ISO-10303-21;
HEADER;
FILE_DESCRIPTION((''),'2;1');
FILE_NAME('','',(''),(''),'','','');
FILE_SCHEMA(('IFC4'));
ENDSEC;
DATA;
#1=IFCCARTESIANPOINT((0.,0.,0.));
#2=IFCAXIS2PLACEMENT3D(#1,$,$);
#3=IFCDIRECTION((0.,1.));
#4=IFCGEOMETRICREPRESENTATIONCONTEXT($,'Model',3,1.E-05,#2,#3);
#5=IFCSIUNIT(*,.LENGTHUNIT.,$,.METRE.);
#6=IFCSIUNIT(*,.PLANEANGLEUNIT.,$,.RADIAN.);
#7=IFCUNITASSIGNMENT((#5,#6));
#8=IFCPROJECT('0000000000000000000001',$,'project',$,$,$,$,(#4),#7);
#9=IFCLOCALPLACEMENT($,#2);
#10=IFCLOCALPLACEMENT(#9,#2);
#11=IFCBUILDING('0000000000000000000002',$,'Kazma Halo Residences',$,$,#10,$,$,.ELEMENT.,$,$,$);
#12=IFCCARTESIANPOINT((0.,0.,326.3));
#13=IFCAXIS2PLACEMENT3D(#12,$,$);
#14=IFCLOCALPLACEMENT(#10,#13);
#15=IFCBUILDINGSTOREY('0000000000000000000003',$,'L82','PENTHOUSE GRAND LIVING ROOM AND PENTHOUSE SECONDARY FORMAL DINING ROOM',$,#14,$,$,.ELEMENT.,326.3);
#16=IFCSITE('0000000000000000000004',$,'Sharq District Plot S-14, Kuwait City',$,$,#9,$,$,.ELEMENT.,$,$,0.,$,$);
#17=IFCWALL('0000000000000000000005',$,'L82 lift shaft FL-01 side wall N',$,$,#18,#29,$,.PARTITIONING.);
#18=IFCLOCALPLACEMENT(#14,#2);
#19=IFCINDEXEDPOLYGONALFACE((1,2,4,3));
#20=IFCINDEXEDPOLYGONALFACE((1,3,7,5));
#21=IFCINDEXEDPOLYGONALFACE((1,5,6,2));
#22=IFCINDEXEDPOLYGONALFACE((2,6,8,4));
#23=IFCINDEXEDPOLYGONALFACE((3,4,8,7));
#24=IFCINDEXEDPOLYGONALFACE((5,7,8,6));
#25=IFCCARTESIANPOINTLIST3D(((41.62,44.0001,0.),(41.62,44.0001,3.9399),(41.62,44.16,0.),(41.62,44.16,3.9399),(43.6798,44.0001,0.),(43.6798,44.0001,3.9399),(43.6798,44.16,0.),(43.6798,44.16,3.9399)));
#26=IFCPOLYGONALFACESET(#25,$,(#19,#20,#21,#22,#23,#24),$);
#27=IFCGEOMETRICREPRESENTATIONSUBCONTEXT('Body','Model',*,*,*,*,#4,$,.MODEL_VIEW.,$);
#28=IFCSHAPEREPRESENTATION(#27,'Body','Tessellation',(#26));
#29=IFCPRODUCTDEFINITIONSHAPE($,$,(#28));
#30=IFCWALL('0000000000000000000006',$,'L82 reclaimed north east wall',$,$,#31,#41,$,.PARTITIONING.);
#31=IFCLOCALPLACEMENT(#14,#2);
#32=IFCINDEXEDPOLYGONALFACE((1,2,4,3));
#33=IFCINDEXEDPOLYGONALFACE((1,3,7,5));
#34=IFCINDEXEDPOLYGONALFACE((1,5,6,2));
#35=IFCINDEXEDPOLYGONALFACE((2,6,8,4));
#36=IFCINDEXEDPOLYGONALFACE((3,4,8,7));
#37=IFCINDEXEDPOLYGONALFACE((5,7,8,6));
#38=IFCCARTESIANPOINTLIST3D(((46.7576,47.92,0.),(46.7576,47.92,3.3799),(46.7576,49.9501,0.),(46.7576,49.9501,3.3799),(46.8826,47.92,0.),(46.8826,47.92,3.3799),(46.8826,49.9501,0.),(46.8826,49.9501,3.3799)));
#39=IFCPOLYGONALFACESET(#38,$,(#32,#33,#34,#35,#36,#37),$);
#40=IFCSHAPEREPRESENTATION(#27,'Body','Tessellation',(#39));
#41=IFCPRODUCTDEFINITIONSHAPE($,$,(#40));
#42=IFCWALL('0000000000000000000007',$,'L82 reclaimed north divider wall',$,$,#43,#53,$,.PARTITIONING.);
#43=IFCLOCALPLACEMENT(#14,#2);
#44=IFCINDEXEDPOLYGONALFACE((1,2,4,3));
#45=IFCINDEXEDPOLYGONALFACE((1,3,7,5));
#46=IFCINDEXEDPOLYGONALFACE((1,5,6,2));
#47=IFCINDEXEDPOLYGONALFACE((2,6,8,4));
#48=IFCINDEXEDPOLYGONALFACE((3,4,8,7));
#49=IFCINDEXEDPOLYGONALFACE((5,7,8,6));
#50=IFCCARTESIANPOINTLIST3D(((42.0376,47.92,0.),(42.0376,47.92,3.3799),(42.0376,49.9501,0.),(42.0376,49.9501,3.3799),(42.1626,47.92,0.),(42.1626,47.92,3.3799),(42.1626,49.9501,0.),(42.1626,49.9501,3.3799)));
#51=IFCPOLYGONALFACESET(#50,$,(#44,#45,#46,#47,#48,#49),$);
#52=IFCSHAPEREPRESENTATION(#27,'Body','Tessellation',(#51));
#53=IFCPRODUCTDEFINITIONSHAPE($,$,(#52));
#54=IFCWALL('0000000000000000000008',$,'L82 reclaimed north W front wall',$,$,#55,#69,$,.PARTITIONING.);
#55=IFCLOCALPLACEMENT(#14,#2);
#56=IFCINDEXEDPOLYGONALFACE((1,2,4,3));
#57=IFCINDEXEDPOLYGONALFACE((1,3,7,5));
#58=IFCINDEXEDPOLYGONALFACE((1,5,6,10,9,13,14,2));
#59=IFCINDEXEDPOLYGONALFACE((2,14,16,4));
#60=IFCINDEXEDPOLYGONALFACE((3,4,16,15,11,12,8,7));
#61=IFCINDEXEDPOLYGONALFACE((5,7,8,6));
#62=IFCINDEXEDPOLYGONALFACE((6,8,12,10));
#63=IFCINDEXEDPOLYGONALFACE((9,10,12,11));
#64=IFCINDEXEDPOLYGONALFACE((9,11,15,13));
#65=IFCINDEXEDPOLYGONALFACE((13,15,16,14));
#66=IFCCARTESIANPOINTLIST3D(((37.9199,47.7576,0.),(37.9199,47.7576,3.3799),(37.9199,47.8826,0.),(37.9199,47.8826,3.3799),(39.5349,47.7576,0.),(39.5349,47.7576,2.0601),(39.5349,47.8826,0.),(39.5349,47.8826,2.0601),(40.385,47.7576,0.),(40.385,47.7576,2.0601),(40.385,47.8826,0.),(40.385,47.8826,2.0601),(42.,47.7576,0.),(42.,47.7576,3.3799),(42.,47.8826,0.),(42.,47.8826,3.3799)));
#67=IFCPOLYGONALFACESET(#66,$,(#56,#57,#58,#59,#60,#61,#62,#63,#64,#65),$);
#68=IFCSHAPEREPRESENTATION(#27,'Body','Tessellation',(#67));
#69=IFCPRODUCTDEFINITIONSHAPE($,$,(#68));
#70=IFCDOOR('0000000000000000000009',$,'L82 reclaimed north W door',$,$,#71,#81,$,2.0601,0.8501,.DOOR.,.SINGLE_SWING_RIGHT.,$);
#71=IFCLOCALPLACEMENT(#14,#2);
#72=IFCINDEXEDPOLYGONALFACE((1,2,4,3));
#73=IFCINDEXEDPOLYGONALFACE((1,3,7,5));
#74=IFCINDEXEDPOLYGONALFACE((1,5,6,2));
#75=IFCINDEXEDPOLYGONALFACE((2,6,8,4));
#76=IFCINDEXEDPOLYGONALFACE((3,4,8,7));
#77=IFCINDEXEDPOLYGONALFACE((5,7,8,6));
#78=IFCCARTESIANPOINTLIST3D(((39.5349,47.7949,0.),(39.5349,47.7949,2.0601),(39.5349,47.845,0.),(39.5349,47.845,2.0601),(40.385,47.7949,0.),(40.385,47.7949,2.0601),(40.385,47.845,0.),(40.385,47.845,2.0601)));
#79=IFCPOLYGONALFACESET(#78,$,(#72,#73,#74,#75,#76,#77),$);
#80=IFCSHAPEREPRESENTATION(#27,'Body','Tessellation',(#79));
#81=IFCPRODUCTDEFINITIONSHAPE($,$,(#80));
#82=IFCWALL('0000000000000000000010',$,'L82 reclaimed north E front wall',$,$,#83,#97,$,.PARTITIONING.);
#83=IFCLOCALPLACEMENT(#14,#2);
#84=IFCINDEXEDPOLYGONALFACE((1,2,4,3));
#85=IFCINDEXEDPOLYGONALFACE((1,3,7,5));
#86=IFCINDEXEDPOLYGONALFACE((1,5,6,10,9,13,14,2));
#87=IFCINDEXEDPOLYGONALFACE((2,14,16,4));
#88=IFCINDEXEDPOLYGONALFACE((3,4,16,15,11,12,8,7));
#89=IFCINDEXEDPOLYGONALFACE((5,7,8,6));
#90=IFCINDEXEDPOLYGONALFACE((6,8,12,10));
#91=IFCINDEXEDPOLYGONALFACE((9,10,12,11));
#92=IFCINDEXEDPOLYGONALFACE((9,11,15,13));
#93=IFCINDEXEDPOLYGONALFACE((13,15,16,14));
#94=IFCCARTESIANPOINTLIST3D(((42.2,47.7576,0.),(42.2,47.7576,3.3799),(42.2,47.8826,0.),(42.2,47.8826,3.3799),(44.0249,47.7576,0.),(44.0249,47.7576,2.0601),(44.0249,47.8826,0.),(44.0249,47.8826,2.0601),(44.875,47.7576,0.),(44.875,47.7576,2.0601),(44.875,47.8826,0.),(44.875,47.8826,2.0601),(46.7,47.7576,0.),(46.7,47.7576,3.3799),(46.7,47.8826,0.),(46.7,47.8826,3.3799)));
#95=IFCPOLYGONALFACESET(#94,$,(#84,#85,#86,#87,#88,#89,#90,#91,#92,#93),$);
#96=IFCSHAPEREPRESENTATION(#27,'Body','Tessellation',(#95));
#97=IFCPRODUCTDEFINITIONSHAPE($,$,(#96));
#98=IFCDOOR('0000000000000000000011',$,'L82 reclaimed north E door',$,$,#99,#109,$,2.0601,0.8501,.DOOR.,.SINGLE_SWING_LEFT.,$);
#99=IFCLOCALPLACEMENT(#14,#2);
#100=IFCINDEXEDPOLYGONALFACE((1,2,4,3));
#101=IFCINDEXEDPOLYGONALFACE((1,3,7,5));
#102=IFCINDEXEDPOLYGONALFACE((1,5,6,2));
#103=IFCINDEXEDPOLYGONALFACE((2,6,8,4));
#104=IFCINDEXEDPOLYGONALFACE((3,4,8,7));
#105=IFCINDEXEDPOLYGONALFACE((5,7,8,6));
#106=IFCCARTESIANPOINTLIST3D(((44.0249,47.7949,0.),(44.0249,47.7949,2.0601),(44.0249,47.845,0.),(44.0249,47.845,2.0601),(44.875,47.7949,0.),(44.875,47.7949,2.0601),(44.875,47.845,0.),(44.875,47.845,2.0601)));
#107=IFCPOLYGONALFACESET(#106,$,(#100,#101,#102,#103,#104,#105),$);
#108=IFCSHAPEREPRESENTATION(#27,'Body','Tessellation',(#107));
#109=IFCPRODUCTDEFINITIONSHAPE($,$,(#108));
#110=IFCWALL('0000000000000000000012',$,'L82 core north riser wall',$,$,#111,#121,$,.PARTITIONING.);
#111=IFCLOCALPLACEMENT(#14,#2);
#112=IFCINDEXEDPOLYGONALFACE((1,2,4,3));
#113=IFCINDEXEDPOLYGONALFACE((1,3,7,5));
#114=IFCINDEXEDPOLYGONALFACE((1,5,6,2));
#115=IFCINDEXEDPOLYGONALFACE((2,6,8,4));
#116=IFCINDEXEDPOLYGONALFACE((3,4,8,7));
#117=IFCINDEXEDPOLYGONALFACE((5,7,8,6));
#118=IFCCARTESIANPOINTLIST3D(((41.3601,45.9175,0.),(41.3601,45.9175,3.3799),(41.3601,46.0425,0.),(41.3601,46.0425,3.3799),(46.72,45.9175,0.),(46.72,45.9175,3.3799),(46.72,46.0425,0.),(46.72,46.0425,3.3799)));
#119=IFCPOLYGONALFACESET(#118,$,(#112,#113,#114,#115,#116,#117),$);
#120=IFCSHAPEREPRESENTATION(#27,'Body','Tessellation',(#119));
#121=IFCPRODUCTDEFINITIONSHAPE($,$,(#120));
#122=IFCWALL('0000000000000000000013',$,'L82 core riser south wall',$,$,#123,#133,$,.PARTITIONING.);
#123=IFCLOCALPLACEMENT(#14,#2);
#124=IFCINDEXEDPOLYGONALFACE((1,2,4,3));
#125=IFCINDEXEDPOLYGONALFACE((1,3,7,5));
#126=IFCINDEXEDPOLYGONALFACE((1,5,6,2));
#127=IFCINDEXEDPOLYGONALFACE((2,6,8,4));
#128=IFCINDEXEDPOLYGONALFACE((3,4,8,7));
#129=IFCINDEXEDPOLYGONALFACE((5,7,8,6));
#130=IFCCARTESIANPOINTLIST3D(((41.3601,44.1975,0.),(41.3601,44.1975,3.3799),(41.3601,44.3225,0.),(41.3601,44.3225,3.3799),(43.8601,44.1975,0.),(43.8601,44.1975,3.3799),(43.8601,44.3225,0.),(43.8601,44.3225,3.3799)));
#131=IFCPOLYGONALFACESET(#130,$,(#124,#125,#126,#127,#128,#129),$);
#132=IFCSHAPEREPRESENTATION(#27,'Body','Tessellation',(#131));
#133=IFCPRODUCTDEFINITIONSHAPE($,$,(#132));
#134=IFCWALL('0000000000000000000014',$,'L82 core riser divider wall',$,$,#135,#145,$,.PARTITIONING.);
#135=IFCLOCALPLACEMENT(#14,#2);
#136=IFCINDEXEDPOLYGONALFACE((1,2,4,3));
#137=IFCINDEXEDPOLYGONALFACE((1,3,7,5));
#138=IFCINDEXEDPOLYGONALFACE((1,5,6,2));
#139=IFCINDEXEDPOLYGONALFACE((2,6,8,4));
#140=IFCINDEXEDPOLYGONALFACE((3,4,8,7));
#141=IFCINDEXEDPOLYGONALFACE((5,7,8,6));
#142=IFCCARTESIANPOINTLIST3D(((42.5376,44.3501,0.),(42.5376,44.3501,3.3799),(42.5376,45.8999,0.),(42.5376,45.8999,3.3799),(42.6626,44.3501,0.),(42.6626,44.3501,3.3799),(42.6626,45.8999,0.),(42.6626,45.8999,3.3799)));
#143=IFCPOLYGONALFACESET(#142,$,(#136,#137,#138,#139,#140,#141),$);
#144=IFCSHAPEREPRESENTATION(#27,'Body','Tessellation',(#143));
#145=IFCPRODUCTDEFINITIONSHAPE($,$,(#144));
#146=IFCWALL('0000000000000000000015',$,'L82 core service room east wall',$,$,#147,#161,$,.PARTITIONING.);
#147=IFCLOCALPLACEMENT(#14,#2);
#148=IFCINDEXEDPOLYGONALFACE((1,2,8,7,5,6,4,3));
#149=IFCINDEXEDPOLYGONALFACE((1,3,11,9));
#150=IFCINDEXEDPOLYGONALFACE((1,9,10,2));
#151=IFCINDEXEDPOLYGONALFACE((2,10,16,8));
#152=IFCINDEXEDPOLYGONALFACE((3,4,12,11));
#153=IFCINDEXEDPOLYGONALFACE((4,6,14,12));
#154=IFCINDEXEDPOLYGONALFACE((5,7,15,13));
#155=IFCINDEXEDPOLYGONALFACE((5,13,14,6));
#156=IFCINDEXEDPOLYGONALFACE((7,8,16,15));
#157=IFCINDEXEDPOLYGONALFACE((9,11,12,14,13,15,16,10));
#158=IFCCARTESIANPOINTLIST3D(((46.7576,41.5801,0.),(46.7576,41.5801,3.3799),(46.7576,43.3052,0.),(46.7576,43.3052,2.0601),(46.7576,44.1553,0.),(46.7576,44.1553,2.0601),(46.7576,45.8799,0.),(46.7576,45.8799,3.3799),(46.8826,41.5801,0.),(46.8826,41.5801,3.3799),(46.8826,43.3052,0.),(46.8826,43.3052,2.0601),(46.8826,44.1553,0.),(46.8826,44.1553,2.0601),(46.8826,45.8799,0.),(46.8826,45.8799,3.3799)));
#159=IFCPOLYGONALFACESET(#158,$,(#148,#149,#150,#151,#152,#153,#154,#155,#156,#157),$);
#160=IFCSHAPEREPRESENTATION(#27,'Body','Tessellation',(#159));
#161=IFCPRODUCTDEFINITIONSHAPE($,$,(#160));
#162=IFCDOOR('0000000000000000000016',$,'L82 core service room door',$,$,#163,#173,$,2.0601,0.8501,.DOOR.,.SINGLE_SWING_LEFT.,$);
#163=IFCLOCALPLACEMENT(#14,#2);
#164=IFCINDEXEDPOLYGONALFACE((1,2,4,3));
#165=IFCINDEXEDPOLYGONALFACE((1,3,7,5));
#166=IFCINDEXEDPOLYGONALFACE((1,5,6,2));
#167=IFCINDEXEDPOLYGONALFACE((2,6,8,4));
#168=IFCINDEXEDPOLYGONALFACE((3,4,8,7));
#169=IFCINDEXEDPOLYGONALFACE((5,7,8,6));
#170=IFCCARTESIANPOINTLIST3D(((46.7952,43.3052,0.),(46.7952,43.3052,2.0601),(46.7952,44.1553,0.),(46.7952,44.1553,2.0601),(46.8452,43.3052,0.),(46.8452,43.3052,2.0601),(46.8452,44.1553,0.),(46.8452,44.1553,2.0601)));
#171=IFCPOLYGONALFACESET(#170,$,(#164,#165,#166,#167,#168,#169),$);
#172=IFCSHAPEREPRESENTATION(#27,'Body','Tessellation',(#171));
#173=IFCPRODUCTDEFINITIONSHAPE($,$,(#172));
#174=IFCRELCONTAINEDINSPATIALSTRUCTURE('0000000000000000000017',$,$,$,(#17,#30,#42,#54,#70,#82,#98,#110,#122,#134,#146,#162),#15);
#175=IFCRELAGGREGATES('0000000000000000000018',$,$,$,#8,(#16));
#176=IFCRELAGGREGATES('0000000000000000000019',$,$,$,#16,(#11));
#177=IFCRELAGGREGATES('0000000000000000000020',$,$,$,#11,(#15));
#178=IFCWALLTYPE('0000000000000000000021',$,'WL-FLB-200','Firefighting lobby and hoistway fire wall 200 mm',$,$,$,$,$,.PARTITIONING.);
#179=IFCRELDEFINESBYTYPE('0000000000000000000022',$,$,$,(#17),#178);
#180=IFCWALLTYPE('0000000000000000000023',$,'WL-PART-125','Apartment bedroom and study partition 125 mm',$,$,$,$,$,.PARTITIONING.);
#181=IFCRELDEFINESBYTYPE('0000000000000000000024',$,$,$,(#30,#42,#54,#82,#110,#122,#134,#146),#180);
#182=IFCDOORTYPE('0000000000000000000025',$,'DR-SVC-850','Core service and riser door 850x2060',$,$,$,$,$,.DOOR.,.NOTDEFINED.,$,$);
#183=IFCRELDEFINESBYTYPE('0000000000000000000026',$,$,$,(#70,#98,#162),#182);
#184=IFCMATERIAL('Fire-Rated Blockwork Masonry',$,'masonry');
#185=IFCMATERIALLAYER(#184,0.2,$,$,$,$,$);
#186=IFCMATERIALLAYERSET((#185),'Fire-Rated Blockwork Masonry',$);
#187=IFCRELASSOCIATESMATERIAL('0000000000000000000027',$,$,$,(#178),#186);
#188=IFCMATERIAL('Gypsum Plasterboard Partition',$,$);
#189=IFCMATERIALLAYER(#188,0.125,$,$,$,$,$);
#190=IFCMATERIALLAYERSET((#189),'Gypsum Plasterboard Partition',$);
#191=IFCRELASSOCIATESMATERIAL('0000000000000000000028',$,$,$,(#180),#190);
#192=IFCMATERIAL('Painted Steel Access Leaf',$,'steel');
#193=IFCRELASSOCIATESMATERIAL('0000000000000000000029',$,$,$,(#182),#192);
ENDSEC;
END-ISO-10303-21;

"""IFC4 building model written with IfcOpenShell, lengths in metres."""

from ifc_helpers import new_model, si_unit, direction, frame, frame_2d, origin, place, context, subcontext, project, spatial, rectangle, extrude, material, layer, layer_set, type_object, element, fill, save


model = new_model("IFC4")

# Units and contexts
model_context = context("Model", 3, precision=1e-05, world=origin(), true_north=direction((0.0, 1.0)))
body_context = subcontext(model_context, "Body", "Model", "MODEL_VIEW")
ifc_project = project(units=[si_unit("LENGTHUNIT", "METRE"), si_unit("PLANEANGLEUNIT", "RADIAN")], contexts=[model_context])

# Site, building, storey
site_placement = place(None, origin())
site = spatial("IfcSite", under=ifc_project, at=site_placement, Name="Sharq District Plot S-14, Kuwait City", CompositionType="ELEMENT", RefElevation=0.0)
building_placement = place(site_placement, origin())
building = spatial("IfcBuilding", under=site, at=building_placement, Name="Kazma Halo Residences", CompositionType="ELEMENT")
storey_placement = place(building_placement, frame((0.0, 0.0, 326.3)))
storey = spatial("IfcBuildingStorey", under=building, at=storey_placement, Name="L82", Description="PENTHOUSE GRAND LIVING ROOM AND PENTHOUSE SECONDARY FORMAL DINING ROOM", CompositionType="ELEMENT", Elevation=326.3)

# Shared definitions
ifc_material_1 = material(Name="Fire-Rated Blockwork Masonry", Category="masonry")
ifc_layer_1 = layer(ifc_material_1, 0.2)
ifc_layer_set_1 = layer_set([ifc_layer_1], Name="Fire-Rated Blockwork Masonry")
wall_type_1 = type_object("IfcWallType", Name="WL-FLB-200", Description="Firefighting lobby and hoistway fire wall 200 mm", PredefinedType="PARTITIONING", material=ifc_layer_set_1)

# Walls
wall_1_placement = place(storey_placement, frame((41.6201, 44.0801, 0.0), z_axis=(0.0, 0.0, 1.0), x_axis=(1.0, 0.0, 0.0)))
element("IfcWall", 1, at=wall_1_placement, inside=storey, type_object=wall_type_1, Name="L82 lift shaft FL-01 side wall N", PredefinedType="PARTITIONING", context=body_context, shape_type="SweptSolid", body=[
    extrude(rectangle(XDim=2.0598, YDim=0.1599, at=frame_2d((1.0298, 0.0))), origin(), (0.0, 0.0, 1.0), 3.9399),
])
ifc_material_2 = material(Name="Gypsum Plasterboard Partition")
ifc_layer_2 = layer(ifc_material_2, 0.125)
ifc_layer_set_2 = layer_set([ifc_layer_2], Name="Gypsum Plasterboard Partition")
wall_type_2 = type_object("IfcWallType", Name="WL-PART-125", Description="Apartment bedroom and study partition 125 mm", PredefinedType="PARTITIONING", material=ifc_layer_set_2)
for number, where, z_axis, x_axis, name in (
    (2, (46.8201, 47.9199, 0.0), (0.0, 0.0, 1.0), (0.0, 1.0, 0.0), "L82 reclaimed north east wall"),
    (3, (42.1001, 47.9199, 0.0), (0.0, 0.0, 1.0), (0.0, 1.0, 0.0), "L82 reclaimed north divider wall"),
):
    element("IfcWall", number, at=place(storey_placement, frame(where, z_axis=z_axis, x_axis=x_axis)), inside=storey, type_object=wall_type_2, Name=name, PredefinedType="PARTITIONING", context=body_context, shape_type="SweptSolid", body=[
        extrude(rectangle(XDim=2.03, YDim=0.125, at=frame_2d((1.0151, 0.0))), origin(), (0.0, 0.0, 1.0), 3.3799),
    ])

# Walls, openings, doors
wall_2_placement = place(storey_placement, frame((37.9199, 47.8201, 0.0), z_axis=(0.0, 0.0, 1.0), x_axis=(1.0, 0.0, 0.0)))
wall_2 = element("IfcWall", 4, at=wall_2_placement, inside=storey, type_object=wall_type_2, Name="L82 reclaimed north W front wall", PredefinedType="PARTITIONING", context=body_context, shape_type="SweptSolid", body=[
    extrude(rectangle(XDim=4.0801, YDim=0.125, at=frame_2d((2.04, 0.0))), origin(), (0.0, 0.0, 1.0), 3.3799),
])
opening_1_placement = place(wall_2_placement, frame((1.615, 0.0, 0.0)))
opening_1 = element("IfcOpeningElement", 5, at=opening_1_placement, cuts=wall_2, PredefinedType="OPENING", context=body_context, shape_type="SweptSolid", body=[
    extrude(rectangle(XDim=0.8501, YDim=2.0601, at=frame_2d((0.425, 1.03))), frame((0.0, 0.0725, 0.0), z_axis=(0.0, -1.0, 0.0), x_axis=(1.0, 0.0, 0.0)), (0.0, 0.0, 1.0), 0.145),
])
ifc_material_3 = material(Name="Painted Steel Access Leaf", Category="steel")
door_type_1 = type_object("IfcDoorType", Name="DR-SVC-850", Description="Core service and riser door 850x2060", OperationType="NOTDEFINED", PredefinedType="DOOR", material=ifc_material_3)
door_1_placement = place(opening_1_placement, origin())
door_1 = element("IfcDoor", 6, at=door_1_placement, inside=storey, type_object=door_type_1, Name="L82 reclaimed north W door", OperationType="SINGLE_SWING_RIGHT", OverallHeight=2.0601, OverallWidth=0.8501, PredefinedType="DOOR", context=body_context, shape_type="SweptSolid", body=[
    extrude(rectangle(XDim=0.8501, YDim=2.0601, at=frame_2d((0.425, 1.03))), frame((0.0, 0.0249, 0.0), z_axis=(0.0, -1.0, 0.0), x_axis=(1.0, 0.0, 0.0)), (0.0, 0.0, 1.0), 0.05),
])
fill(opening_1, door_1)
wall_3_placement = place(storey_placement, frame((42.2, 47.8201, 0.0), z_axis=(0.0, 0.0, 1.0), x_axis=(1.0, 0.0, 0.0)))
wall_3 = element("IfcWall", 7, at=wall_3_placement, inside=storey, type_object=wall_type_2, Name="L82 reclaimed north E front wall", PredefinedType="PARTITIONING", context=body_context, shape_type="SweptSolid", body=[
    extrude(rectangle(XDim=4.5, YDim=0.125, at=frame_2d((2.25, 0.0))), origin(), (0.0, 0.0, 1.0), 3.3799),
])
opening_2_placement = place(wall_3_placement, frame((1.825, 0.0, 0.0)))
opening_2 = element("IfcOpeningElement", 8, at=opening_2_placement, cuts=wall_3, PredefinedType="OPENING", context=body_context, shape_type="SweptSolid", body=[
    extrude(rectangle(XDim=0.8501, YDim=2.0601, at=frame_2d((0.425, 1.03))), frame((0.0, 0.0725, 0.0), z_axis=(0.0, -1.0, 0.0), x_axis=(1.0, 0.0, 0.0)), (0.0, 0.0, 1.0), 0.145),
])
door_2_placement = place(opening_2_placement, origin())
door_2 = element("IfcDoor", 9, at=door_2_placement, inside=storey, type_object=door_type_1, Name="L82 reclaimed north E door", OperationType="SINGLE_SWING_LEFT", OverallHeight=2.0601, OverallWidth=0.8501, PredefinedType="DOOR", context=body_context, shape_type="SweptSolid", body=[
    extrude(rectangle(XDim=0.8501, YDim=2.0601, at=frame_2d((0.425, 1.03))), frame((0.0, 0.0249, 0.0), z_axis=(0.0, -1.0, 0.0), x_axis=(1.0, 0.0, 0.0)), (0.0, 0.0, 1.0), 0.05),
])
fill(opening_2, door_2)

# Walls
wall_4_placement = place(storey_placement, frame((41.3601, 45.98, 0.0), z_axis=(0.0, 0.0, 1.0), x_axis=(1.0, 0.0, 0.0)))
element("IfcWall", 10, at=wall_4_placement, inside=storey, type_object=wall_type_2, Name="L82 core north riser wall", PredefinedType="PARTITIONING", context=body_context, shape_type="SweptSolid", body=[
    extrude(rectangle(XDim=5.3599, YDim=0.125, at=frame_2d((2.6799, 0.0))), origin(), (0.0, 0.0, 1.0), 3.3799),
])
wall_5_placement = place(storey_placement, frame((41.3601, 44.26, 0.0), z_axis=(0.0, 0.0, 1.0), x_axis=(1.0, 0.0, 0.0)))
element("IfcWall", 11, at=wall_5_placement, inside=storey, type_object=wall_type_2, Name="L82 core riser south wall", PredefinedType="PARTITIONING", context=body_context, shape_type="SweptSolid", body=[
    extrude(rectangle(XDim=2.5, YDim=0.125, at=frame_2d((1.25, 0.0))), origin(), (0.0, 0.0, 1.0), 3.3799),
])
wall_6_placement = place(storey_placement, frame((42.6001, 44.3501, 0.0), z_axis=(0.0, 0.0, 1.0), x_axis=(0.0, 1.0, 0.0)))
element("IfcWall", 12, at=wall_6_placement, inside=storey, type_object=wall_type_2, Name="L82 core riser divider wall", PredefinedType="PARTITIONING", context=body_context, shape_type="SweptSolid", body=[
    extrude(rectangle(XDim=1.5498, YDim=0.125, at=frame_2d((0.7749, 0.0))), origin(), (0.0, 0.0, 1.0), 3.3799),
])

# Wall, opening, door
wall_7_placement = place(storey_placement, frame((46.8201, 41.5801, 0.0), z_axis=(0.0, 0.0, 1.0), x_axis=(0.0, 1.0, 0.0)))
wall_7 = element("IfcWall", 13, at=wall_7_placement, inside=storey, type_object=wall_type_2, Name="L82 core service room east wall", PredefinedType="PARTITIONING", context=body_context, shape_type="SweptSolid", body=[
    extrude(rectangle(XDim=4.2998, YDim=0.125, at=frame_2d((2.1499, 0.0))), origin(), (0.0, 0.0, 1.0), 3.3799),
])
opening_3_placement = place(wall_7_placement, frame((1.7251, 0.0, 0.0)))
opening_3 = element("IfcOpeningElement", 14, at=opening_3_placement, cuts=wall_7, PredefinedType="OPENING", context=body_context, shape_type="SweptSolid", body=[
    extrude(rectangle(XDim=0.8501, YDim=2.0601, at=frame_2d((0.425, 1.03))), frame((0.0, 0.0725, 0.0), z_axis=(0.0, -1.0, 0.0), x_axis=(1.0, 0.0, 0.0)), (0.0, 0.0, 1.0), 0.145),
])
door_3_placement = place(opening_3_placement, origin())
door_3 = element("IfcDoor", 15, at=door_3_placement, inside=storey, type_object=door_type_1, Name="L82 core service room door", OperationType="SINGLE_SWING_LEFT", OverallHeight=2.0601, OverallWidth=0.8501, PredefinedType="DOOR", context=body_context, shape_type="SweptSolid", body=[
    extrude(rectangle(XDim=0.8501, YDim=2.0601, at=frame_2d((0.425, 1.03))), frame((0.0, 0.0249, 0.0), z_axis=(0.0, -1.0, 0.0), x_axis=(1.0, 0.0, 0.0)), (0.0, 0.0, 1.0), 0.05),
])
fill(opening_3, door_3)

save(model, "model.ifc")
